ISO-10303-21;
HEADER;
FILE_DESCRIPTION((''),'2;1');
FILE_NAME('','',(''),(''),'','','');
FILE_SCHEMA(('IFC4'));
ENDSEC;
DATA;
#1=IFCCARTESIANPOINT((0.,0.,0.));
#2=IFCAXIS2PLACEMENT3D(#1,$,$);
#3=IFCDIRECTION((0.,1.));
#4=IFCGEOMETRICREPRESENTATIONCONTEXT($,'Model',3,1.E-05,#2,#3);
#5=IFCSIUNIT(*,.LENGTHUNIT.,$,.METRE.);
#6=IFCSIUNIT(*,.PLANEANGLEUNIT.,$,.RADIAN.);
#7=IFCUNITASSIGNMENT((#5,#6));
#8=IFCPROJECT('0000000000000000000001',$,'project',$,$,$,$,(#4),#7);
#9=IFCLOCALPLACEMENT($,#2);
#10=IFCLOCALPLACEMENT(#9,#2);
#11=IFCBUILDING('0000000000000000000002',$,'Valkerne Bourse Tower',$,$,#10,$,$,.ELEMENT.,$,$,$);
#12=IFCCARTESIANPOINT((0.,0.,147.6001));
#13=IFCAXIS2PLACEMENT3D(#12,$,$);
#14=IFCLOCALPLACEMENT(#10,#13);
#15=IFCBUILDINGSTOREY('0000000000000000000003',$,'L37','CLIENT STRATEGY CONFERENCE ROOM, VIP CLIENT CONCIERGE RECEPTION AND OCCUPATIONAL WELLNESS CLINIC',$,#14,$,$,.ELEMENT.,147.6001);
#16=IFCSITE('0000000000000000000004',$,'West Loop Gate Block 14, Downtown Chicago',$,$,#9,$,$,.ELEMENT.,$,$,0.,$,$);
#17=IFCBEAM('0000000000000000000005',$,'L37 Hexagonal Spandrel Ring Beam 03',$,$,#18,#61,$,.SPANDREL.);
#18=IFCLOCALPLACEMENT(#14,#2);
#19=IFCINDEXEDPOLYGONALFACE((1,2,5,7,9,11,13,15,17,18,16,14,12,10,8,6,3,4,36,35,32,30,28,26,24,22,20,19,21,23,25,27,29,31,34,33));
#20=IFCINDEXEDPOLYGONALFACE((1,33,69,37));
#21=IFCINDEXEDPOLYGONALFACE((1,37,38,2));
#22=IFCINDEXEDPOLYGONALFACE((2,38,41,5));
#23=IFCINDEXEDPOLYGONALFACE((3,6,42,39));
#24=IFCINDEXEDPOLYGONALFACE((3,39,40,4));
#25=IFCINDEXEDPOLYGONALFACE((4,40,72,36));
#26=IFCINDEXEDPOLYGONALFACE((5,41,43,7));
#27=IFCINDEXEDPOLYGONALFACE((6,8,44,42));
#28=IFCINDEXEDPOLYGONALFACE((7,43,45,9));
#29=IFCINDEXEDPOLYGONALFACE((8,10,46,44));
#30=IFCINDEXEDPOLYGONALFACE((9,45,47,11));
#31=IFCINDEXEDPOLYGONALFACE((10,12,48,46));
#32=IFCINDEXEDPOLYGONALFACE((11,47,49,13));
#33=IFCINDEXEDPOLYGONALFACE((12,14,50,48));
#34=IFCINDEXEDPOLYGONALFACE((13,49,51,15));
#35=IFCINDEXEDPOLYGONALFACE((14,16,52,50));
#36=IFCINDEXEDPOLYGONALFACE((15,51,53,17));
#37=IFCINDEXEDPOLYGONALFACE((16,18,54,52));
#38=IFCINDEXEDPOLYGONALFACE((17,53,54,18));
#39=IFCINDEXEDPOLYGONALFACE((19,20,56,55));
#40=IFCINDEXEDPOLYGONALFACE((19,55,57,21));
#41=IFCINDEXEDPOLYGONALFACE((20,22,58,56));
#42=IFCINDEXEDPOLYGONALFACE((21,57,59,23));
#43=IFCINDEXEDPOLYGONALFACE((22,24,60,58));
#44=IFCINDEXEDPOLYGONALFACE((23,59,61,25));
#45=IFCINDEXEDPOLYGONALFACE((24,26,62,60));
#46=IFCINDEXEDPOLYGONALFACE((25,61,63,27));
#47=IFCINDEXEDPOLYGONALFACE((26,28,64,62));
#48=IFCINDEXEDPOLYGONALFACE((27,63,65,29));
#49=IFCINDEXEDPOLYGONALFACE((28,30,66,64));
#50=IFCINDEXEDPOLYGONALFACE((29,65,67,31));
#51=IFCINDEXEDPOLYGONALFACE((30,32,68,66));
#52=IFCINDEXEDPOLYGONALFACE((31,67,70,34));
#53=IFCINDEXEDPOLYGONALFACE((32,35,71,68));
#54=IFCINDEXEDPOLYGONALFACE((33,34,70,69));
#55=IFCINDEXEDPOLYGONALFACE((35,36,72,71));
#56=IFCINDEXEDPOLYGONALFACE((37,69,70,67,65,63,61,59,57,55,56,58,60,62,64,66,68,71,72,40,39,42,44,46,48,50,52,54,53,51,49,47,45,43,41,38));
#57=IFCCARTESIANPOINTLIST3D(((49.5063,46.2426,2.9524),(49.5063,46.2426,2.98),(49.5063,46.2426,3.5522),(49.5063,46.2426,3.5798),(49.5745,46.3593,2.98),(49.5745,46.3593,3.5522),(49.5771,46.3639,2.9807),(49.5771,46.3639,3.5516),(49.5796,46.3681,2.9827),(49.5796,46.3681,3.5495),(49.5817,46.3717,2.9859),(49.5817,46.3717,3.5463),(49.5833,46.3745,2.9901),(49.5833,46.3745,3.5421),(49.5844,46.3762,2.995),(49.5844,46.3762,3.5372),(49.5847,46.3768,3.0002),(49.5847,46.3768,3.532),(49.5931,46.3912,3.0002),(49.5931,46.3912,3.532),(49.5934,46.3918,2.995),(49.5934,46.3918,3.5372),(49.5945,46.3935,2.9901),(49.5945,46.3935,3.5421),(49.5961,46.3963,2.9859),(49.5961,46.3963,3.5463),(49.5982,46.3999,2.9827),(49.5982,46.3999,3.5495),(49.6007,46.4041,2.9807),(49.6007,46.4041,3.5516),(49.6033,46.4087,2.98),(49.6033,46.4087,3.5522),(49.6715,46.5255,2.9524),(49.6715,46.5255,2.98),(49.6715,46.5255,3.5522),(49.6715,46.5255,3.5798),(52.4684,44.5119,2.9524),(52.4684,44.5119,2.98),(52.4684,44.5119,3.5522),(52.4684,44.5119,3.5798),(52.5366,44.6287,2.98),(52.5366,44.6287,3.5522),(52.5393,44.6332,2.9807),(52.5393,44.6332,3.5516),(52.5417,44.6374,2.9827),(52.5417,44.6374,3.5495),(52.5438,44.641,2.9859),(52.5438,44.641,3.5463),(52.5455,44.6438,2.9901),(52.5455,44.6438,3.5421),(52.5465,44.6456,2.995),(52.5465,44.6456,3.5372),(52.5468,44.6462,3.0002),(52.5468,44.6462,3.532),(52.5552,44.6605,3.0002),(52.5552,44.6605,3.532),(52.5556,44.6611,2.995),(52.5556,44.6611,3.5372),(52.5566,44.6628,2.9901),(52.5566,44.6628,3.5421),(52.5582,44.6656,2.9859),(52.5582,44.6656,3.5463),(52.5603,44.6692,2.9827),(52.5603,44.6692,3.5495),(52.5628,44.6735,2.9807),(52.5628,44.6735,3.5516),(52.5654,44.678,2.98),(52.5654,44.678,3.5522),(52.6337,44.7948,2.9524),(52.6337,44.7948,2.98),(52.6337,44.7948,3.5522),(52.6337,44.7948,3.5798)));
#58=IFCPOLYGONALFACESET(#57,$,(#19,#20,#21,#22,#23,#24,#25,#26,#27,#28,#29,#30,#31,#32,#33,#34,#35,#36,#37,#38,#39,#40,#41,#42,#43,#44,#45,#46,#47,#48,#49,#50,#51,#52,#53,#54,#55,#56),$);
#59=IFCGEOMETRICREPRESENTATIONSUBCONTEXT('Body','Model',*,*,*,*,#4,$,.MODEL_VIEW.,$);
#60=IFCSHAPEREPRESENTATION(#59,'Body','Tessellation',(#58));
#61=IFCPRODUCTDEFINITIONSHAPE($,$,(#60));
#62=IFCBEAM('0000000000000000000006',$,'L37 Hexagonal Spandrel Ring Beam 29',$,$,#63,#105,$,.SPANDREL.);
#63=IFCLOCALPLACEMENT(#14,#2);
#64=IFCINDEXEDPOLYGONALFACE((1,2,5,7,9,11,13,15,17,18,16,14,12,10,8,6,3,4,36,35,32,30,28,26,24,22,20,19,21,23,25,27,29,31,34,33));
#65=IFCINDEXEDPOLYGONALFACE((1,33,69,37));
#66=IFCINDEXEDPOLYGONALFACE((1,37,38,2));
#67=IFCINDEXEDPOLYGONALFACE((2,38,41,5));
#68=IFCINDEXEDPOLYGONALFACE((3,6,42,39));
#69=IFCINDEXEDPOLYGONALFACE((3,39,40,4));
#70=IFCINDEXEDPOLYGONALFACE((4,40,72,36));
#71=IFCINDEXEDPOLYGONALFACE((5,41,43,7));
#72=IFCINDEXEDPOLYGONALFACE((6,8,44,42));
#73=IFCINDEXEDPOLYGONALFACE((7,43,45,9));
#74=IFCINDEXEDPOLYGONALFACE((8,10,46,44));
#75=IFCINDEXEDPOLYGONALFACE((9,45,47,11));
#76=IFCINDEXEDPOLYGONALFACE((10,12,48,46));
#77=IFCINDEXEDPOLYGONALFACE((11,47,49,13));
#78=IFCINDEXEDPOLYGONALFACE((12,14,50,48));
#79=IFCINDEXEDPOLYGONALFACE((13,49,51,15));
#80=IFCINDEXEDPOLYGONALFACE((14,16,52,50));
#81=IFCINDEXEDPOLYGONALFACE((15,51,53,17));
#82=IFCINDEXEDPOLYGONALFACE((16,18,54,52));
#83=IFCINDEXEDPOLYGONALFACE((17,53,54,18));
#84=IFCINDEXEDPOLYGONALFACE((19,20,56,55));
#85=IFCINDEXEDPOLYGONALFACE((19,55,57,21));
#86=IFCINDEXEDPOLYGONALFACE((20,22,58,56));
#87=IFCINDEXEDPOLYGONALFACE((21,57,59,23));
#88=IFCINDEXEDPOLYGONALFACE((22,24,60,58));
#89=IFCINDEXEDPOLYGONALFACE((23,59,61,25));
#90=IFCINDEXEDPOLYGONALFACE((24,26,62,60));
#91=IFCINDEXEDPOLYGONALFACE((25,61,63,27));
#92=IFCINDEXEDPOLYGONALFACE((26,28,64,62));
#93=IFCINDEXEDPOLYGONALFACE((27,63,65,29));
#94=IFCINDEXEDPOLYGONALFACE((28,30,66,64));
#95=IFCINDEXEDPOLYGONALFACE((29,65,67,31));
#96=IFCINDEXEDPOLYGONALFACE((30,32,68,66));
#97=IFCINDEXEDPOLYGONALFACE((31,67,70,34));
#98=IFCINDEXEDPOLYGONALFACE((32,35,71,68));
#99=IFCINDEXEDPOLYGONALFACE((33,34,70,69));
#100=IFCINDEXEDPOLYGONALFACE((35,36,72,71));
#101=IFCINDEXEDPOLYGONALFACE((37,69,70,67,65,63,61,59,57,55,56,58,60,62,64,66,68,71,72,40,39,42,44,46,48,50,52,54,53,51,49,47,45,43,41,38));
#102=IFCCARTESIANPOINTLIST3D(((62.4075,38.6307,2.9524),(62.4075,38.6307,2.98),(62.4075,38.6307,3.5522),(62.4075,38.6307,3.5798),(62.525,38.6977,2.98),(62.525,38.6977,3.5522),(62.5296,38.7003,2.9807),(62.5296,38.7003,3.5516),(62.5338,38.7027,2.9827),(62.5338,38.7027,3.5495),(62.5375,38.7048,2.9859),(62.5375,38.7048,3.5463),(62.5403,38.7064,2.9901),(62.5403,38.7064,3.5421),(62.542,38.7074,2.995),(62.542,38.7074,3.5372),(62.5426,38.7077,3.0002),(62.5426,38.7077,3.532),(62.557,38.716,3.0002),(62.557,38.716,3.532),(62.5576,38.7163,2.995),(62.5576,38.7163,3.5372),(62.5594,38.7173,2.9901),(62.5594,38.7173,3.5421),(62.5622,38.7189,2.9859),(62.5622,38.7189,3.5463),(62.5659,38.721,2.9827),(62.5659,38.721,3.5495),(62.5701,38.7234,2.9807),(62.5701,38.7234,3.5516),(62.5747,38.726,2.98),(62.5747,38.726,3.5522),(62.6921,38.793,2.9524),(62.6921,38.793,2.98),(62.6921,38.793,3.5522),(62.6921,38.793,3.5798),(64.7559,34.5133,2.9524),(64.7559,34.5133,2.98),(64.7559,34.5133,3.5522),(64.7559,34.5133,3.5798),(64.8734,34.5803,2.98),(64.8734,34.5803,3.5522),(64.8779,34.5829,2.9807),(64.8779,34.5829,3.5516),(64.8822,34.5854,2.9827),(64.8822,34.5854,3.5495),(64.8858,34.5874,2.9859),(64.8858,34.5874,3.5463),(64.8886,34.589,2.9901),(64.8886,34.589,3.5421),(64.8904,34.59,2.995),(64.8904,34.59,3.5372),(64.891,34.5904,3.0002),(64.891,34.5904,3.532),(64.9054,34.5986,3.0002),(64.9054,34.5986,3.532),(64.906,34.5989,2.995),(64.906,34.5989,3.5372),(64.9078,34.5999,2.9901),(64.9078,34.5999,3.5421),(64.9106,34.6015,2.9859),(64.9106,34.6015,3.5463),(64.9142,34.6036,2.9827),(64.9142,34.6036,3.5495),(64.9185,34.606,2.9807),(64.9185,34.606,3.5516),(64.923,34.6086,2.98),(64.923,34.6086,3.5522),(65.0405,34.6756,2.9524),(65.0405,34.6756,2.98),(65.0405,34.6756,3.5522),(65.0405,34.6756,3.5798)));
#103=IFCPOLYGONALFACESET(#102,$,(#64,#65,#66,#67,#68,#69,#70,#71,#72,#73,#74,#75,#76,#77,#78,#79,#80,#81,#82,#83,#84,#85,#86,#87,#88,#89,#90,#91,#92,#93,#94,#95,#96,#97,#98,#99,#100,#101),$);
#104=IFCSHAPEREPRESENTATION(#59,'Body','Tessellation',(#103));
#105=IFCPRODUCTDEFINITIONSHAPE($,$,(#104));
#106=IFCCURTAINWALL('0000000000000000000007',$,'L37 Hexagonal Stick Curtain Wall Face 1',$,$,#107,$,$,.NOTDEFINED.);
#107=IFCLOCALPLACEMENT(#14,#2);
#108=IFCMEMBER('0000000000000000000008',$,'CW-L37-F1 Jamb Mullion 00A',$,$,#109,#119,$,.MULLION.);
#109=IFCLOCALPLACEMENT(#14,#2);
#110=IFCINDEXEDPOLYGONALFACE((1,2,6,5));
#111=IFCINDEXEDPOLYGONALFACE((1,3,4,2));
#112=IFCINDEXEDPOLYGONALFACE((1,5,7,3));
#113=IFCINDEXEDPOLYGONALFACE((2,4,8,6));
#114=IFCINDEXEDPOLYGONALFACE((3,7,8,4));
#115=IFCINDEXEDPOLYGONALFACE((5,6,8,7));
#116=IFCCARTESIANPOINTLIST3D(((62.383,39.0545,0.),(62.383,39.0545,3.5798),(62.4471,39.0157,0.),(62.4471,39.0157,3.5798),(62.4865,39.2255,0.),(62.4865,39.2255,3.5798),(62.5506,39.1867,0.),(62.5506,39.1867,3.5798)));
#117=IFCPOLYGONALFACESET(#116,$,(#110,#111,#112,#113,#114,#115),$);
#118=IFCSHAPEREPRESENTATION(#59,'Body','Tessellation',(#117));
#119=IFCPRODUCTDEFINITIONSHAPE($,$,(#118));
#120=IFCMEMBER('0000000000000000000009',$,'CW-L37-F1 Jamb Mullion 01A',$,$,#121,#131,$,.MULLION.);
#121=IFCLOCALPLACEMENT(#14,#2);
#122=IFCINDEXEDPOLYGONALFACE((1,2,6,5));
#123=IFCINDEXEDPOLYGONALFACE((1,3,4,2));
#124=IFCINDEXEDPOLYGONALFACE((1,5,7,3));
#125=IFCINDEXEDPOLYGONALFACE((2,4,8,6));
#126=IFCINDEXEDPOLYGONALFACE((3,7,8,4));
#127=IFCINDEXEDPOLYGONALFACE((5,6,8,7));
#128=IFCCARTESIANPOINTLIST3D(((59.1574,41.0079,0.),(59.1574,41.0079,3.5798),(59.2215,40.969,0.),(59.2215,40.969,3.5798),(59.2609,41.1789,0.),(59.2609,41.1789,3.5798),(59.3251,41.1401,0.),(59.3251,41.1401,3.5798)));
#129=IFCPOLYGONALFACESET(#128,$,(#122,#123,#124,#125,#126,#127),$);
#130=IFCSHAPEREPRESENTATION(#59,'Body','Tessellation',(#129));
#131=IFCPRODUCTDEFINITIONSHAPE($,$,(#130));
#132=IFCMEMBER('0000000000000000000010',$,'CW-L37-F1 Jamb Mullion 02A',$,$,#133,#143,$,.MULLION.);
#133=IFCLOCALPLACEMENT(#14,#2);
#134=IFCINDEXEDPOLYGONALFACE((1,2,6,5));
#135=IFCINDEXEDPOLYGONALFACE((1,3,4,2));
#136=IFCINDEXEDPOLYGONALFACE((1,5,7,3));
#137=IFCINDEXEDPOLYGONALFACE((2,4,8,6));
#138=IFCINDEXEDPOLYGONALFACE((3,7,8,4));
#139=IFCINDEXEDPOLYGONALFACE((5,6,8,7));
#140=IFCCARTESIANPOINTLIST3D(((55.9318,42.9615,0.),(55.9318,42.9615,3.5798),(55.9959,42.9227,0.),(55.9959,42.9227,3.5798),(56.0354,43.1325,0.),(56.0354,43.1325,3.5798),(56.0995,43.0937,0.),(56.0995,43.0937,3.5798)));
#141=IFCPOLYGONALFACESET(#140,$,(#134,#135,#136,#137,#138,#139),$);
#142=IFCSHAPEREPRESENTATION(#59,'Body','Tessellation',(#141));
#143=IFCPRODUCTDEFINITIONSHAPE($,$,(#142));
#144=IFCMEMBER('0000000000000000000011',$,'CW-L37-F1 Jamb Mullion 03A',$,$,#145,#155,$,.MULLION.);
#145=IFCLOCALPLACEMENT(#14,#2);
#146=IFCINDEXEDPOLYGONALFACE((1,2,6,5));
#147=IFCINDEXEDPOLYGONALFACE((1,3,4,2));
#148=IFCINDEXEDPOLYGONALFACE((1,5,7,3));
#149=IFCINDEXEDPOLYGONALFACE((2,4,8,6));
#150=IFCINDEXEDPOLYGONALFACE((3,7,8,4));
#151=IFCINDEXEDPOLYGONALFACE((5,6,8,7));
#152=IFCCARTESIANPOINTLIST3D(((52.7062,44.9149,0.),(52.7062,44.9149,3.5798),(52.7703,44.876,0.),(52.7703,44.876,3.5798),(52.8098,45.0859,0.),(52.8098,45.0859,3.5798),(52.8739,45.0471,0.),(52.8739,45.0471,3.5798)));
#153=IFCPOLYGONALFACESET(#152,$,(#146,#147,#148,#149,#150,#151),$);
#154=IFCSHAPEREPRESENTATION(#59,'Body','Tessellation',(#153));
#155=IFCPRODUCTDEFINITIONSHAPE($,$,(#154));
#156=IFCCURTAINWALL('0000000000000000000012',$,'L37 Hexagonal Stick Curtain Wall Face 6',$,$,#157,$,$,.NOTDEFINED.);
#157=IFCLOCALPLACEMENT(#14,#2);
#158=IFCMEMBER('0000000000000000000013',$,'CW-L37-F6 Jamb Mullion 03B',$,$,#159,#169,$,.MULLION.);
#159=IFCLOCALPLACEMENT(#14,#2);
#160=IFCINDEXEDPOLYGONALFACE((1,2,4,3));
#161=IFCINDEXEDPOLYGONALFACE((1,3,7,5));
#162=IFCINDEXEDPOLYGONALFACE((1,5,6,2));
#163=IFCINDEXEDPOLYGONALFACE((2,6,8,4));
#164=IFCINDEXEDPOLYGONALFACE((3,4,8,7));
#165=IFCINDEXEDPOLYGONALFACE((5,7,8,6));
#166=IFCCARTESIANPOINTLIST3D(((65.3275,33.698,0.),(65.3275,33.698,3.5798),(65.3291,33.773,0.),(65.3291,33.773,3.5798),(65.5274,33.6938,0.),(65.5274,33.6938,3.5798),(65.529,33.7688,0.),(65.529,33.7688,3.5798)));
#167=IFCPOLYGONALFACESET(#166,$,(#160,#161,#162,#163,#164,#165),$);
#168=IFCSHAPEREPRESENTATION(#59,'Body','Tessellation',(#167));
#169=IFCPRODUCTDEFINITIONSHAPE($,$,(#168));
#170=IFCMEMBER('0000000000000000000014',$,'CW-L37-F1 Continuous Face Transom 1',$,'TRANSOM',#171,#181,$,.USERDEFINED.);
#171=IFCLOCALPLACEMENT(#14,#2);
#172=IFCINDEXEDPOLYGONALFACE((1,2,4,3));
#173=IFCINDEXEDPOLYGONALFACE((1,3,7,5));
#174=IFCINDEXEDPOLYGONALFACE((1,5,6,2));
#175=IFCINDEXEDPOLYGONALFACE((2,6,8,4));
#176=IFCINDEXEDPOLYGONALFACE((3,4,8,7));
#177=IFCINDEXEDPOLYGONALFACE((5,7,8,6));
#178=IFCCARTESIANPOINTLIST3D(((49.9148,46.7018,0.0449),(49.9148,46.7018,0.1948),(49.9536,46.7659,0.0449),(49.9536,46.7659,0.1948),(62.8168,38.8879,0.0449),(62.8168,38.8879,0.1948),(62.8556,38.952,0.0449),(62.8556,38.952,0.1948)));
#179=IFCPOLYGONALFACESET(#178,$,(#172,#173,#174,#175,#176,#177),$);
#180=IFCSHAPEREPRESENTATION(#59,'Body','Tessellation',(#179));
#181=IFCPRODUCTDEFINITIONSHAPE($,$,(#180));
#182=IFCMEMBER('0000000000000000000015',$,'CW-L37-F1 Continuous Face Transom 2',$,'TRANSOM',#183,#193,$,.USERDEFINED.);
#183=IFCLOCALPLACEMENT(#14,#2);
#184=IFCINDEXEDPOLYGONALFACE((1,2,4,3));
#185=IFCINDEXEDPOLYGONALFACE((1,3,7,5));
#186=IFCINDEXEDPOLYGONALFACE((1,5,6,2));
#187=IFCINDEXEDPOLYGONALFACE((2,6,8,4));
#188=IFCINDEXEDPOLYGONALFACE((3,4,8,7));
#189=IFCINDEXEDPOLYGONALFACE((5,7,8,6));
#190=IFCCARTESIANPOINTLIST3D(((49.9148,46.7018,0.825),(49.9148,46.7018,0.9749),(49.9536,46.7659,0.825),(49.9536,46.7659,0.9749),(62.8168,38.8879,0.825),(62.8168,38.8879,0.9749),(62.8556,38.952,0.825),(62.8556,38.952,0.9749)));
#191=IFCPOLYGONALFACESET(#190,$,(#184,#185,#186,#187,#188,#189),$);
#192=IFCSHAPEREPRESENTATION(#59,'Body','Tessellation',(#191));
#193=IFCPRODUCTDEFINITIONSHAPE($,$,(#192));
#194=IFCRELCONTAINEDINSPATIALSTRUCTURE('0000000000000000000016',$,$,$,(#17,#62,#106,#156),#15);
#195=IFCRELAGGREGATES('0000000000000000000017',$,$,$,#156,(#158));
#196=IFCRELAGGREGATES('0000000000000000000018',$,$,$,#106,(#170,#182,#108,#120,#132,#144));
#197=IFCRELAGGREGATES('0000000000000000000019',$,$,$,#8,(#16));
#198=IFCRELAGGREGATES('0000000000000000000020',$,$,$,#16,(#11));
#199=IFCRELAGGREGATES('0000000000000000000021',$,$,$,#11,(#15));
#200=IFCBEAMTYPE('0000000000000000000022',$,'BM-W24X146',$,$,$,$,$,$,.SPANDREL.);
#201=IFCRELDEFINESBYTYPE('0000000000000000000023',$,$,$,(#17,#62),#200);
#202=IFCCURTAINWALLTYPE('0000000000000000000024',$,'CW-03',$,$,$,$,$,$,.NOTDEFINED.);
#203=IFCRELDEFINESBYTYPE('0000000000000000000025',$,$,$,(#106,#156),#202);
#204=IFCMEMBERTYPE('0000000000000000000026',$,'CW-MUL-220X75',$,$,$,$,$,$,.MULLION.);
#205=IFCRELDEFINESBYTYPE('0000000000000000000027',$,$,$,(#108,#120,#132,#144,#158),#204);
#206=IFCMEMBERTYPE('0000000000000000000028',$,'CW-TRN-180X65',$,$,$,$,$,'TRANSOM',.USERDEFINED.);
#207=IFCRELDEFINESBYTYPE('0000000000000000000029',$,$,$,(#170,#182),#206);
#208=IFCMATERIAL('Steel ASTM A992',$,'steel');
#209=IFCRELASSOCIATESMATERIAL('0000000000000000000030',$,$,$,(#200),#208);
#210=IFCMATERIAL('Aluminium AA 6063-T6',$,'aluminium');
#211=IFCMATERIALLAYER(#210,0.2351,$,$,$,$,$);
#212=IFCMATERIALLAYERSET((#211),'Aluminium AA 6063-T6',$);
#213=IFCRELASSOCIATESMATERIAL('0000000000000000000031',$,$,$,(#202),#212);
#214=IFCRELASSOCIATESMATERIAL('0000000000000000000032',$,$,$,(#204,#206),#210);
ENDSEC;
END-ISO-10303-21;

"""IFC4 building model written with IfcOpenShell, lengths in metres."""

from ifc_helpers import new_model, si_unit, direction, frame, origin, origin_2d, place, context, subcontext, project, spatial, rectangle, i_section, extrude, material, layer, layer_set, material_profile, profile_set, type_object, element, aggregate, save


model = new_model("IFC4")

# Units and contexts
model_context = context("Model", 3, precision=1e-05, world=origin(), true_north=direction((0.0, 1.0)))
body_context = subcontext(model_context, "Body", "Model", "MODEL_VIEW")
ifc_project = project(units=[si_unit("LENGTHUNIT", "METRE"), si_unit("PLANEANGLEUNIT", "RADIAN")], contexts=[model_context])

# Site, building, storey
site_placement = place(None, origin())
site = spatial("IfcSite", under=ifc_project, at=site_placement, Name="West Loop Gate Block 14, Downtown Chicago", CompositionType="ELEMENT", RefElevation=0.0)
building_placement = place(site_placement, origin())
building = spatial("IfcBuilding", under=site, at=building_placement, Name="Valkerne Bourse Tower", CompositionType="ELEMENT")
storey_placement = place(building_placement, frame((0.0, 0.0, 147.6001)))
storey = spatial("IfcBuildingStorey", under=building, at=storey_placement, Name="L37", Description="CLIENT STRATEGY CONFERENCE ROOM, VIP CLIENT CONCIERGE RECEPTION AND OCCUPATIONAL WELLNESS CLINIC", CompositionType="ELEMENT", Elevation=147.6001)

# Beams
ifc_material_1 = material(Name="Steel ASTM A992", Category="steel")
ifc_material_profile_1 = material_profile(ifc_material_1, i_section(OverallWidth=0.3276, OverallDepth=0.6274, WebThickness=0.0166, FlangeThickness=0.0276, FilletRadius=0.0203, at=origin_2d()), Name="W24X146")
ifc_profile_set_1 = profile_set([ifc_material_profile_1], Name="Steel ASTM A992")
beam_type = type_object("IfcBeamType", Name="BM-W24X146", PredefinedType="SPANDREL", material=ifc_profile_set_1)
beam_1_placement = place(storey_placement, frame((52.551, 44.6533, 3.2661), z_axis=(-0.863425, 0.504477, 0.0), x_axis=(-0.504477, -0.863425, 0.0)))
element("IfcBeam", 1, at=beam_1_placement, inside=storey, type_object=beam_type, Name="L37 Hexagonal Spandrel Ring Beam 03", PredefinedType="SPANDREL", context=body_context, shape_type="SweptSolid", body=[
    extrude(i_section(OverallWidth=0.3276, OverallDepth=0.6274, WebThickness=0.0166, FlangeThickness=0.0276, FilletRadius=0.0203, at=origin_2d()), origin(), (0.0, 0.0, 1.0), 3.4307),
])
beam_2_placement = place(storey_placement, frame((64.8982, 34.5945, 3.2661), z_axis=(-0.495434, 0.868645, 0.0), x_axis=(-0.868645, -0.495434, 0.0)))
element("IfcBeam", 2, at=beam_2_placement, inside=storey, type_object=beam_type, Name="L37 Hexagonal Spandrel Ring Beam 29", PredefinedType="SPANDREL", context=body_context, shape_type="SweptSolid", body=[
    extrude(i_section(OverallWidth=0.3276, OverallDepth=0.6274, WebThickness=0.0166, FlangeThickness=0.0276, FilletRadius=0.0203, at=origin_2d()), origin(), (0.0, 0.0, 1.0), 4.74),
])

# Curtain wall, members
ifc_material_2 = material(Name="Aluminium AA 6063-T6", Category="aluminium")
ifc_layer_1 = layer(ifc_material_2, 0.2351)
ifc_layer_set_1 = layer_set([ifc_layer_1], Name="Aluminium AA 6063-T6")
curtain_wall_type = type_object("IfcCurtainWallType", Name="CW-03", PredefinedType="NOTDEFINED", material=ifc_layer_set_1)
curtain_wall_1_placement = place(storey_placement, origin())
curtain_wall_1 = element("IfcCurtainWall", 3, at=curtain_wall_1_placement, inside=storey, type_object=curtain_wall_type, Name="L37 Hexagonal Stick Curtain Wall Face 1", PredefinedType="NOTDEFINED")
ifc_material_profile_2 = material_profile(ifc_material_2, rectangle(XDim=0.075, YDim=0.2, at=origin_2d()), Name="CWM-75X200")
ifc_profile_set_2 = profile_set([ifc_material_profile_2], Name="Aluminium AA 6063-T6")
member_type_1 = type_object("IfcMemberType", Name="CW-MUL-220X75", PredefinedType="MULLION", material=ifc_profile_set_2)
member_1_placement = place(storey_placement, frame((62.4668, 39.1206, 0.0), z_axis=(0.0, 0.0, 1.0), x_axis=(-0.855356, 0.51804, 0.0)))
member_1 = element("IfcMember", 4, at=member_1_placement, type_object=member_type_1, Name="CW-L37-F1 Jamb Mullion 00A", PredefinedType="MULLION", context=body_context, shape_type="SweptSolid", body=[
    extrude(rectangle(XDim=0.075, YDim=0.2, at=origin_2d()), origin(), (0.0, 0.0, 1.0), 3.5798),
])
member_2_placement = place(storey_placement, frame((59.2412, 41.074, 0.0), z_axis=(0.0, 0.0, 1.0), x_axis=(-0.855363, 0.518028, 0.0)))
member_2 = element("IfcMember", 5, at=member_2_placement, type_object=member_type_1, Name="CW-L37-F1 Jamb Mullion 01A", PredefinedType="MULLION", context=body_context, shape_type="SweptSolid", body=[
    extrude(rectangle(XDim=0.075, YDim=0.2, at=origin_2d()), origin(), (0.0, 0.0, 1.0), 3.5798),
])
member_3_placement = place(storey_placement, frame((56.0156, 43.0276, 0.0), z_axis=(0.0, 0.0, 1.0), x_axis=(-0.855363, 0.518028, 0.0)))
member_3 = element("IfcMember", 6, at=member_3_placement, type_object=member_type_1, Name="CW-L37-F1 Jamb Mullion 02A", PredefinedType="MULLION", context=body_context, shape_type="SweptSolid", body=[
    extrude(rectangle(XDim=0.075, YDim=0.2, at=origin_2d()), origin(), (0.0, 0.0, 1.0), 3.5798),
])
member_4_placement = place(storey_placement, frame((52.79, 44.981, 0.0), z_axis=(0.0, 0.0, 1.0), x_axis=(-0.855375, 0.518009, 0.0)))
member_4 = element("IfcMember", 7, at=member_4_placement, type_object=member_type_1, Name="CW-L37-F1 Jamb Mullion 03A", PredefinedType="MULLION", context=body_context, shape_type="SweptSolid", body=[
    extrude(rectangle(XDim=0.075, YDim=0.2, at=origin_2d()), origin(), (0.0, 0.0, 1.0), 3.5798),
])

# Curtain wall, member
curtain_wall_2_placement = place(storey_placement, origin())
curtain_wall_2 = element("IfcCurtainWall", 8, at=curtain_wall_2_placement, inside=storey, type_object=curtain_wall_type, Name="L37 Hexagonal Stick Curtain Wall Face 6", PredefinedType="NOTDEFINED")
member_5_placement = place(storey_placement, frame((65.4282, 33.7334, 0.0), z_axis=(0.0, 0.0, 1.0), x_axis=(0.020949, 0.999781, 0.0)))
member_5 = element("IfcMember", 9, at=member_5_placement, type_object=member_type_1, Name="CW-L37-F6 Jamb Mullion 03B", PredefinedType="MULLION", context=body_context, shape_type="SweptSolid", body=[
    extrude(rectangle(XDim=0.075, YDim=0.2, at=origin_2d()), origin(), (0.0, 0.0, 1.0), 3.5798),
])
aggregate(curtain_wall_2, [member_5])

# Members
ifc_material_profile_3 = material_profile(ifc_material_2, rectangle(XDim=0.075, YDim=0.1499, at=origin_2d()), Name="CWT-75X150")
ifc_profile_set_3 = profile_set([ifc_material_profile_3], Name="Aluminium AA 6063-T6")
member_type_2 = type_object("IfcMemberType", Name="CW-TRN-180X65", ElementType="TRANSOM", PredefinedType="USERDEFINED", material=ifc_profile_set_3)
member_6_placement = place(storey_placement, frame((62.8362, 38.9199, 0.1199), z_axis=(-0.855359, 0.518036, 0.0), x_axis=(-0.518036, -0.855359, 0.0)))
member_6 = element("IfcMember", 10, at=member_6_placement, type_object=member_type_2, Name="CW-L37-F1 Continuous Face Transom 1", ObjectType="TRANSOM", PredefinedType="USERDEFINED", context=body_context, shape_type="SweptSolid", body=[
    extrude(rectangle(XDim=0.075, YDim=0.1499, at=origin_2d()), origin(), (0.0, 0.0, 1.0), 15.0837),
])
member_7_placement = place(storey_placement, frame((62.8362, 38.9199, 0.8999), z_axis=(-0.855359, 0.518036, 0.0), x_axis=(-0.518036, -0.855359, 0.0)))
member_7 = element("IfcMember", 11, at=member_7_placement, type_object=member_type_2, Name="CW-L37-F1 Continuous Face Transom 2", ObjectType="TRANSOM", PredefinedType="USERDEFINED", context=body_context, shape_type="SweptSolid", body=[
    extrude(rectangle(XDim=0.075, YDim=0.1499, at=origin_2d()), origin(), (0.0, 0.0, 1.0), 15.0837),
])

aggregate(curtain_wall_1, [member_6, member_7, member_1, member_2, member_3, member_4])

save(model, "model.ifc")
